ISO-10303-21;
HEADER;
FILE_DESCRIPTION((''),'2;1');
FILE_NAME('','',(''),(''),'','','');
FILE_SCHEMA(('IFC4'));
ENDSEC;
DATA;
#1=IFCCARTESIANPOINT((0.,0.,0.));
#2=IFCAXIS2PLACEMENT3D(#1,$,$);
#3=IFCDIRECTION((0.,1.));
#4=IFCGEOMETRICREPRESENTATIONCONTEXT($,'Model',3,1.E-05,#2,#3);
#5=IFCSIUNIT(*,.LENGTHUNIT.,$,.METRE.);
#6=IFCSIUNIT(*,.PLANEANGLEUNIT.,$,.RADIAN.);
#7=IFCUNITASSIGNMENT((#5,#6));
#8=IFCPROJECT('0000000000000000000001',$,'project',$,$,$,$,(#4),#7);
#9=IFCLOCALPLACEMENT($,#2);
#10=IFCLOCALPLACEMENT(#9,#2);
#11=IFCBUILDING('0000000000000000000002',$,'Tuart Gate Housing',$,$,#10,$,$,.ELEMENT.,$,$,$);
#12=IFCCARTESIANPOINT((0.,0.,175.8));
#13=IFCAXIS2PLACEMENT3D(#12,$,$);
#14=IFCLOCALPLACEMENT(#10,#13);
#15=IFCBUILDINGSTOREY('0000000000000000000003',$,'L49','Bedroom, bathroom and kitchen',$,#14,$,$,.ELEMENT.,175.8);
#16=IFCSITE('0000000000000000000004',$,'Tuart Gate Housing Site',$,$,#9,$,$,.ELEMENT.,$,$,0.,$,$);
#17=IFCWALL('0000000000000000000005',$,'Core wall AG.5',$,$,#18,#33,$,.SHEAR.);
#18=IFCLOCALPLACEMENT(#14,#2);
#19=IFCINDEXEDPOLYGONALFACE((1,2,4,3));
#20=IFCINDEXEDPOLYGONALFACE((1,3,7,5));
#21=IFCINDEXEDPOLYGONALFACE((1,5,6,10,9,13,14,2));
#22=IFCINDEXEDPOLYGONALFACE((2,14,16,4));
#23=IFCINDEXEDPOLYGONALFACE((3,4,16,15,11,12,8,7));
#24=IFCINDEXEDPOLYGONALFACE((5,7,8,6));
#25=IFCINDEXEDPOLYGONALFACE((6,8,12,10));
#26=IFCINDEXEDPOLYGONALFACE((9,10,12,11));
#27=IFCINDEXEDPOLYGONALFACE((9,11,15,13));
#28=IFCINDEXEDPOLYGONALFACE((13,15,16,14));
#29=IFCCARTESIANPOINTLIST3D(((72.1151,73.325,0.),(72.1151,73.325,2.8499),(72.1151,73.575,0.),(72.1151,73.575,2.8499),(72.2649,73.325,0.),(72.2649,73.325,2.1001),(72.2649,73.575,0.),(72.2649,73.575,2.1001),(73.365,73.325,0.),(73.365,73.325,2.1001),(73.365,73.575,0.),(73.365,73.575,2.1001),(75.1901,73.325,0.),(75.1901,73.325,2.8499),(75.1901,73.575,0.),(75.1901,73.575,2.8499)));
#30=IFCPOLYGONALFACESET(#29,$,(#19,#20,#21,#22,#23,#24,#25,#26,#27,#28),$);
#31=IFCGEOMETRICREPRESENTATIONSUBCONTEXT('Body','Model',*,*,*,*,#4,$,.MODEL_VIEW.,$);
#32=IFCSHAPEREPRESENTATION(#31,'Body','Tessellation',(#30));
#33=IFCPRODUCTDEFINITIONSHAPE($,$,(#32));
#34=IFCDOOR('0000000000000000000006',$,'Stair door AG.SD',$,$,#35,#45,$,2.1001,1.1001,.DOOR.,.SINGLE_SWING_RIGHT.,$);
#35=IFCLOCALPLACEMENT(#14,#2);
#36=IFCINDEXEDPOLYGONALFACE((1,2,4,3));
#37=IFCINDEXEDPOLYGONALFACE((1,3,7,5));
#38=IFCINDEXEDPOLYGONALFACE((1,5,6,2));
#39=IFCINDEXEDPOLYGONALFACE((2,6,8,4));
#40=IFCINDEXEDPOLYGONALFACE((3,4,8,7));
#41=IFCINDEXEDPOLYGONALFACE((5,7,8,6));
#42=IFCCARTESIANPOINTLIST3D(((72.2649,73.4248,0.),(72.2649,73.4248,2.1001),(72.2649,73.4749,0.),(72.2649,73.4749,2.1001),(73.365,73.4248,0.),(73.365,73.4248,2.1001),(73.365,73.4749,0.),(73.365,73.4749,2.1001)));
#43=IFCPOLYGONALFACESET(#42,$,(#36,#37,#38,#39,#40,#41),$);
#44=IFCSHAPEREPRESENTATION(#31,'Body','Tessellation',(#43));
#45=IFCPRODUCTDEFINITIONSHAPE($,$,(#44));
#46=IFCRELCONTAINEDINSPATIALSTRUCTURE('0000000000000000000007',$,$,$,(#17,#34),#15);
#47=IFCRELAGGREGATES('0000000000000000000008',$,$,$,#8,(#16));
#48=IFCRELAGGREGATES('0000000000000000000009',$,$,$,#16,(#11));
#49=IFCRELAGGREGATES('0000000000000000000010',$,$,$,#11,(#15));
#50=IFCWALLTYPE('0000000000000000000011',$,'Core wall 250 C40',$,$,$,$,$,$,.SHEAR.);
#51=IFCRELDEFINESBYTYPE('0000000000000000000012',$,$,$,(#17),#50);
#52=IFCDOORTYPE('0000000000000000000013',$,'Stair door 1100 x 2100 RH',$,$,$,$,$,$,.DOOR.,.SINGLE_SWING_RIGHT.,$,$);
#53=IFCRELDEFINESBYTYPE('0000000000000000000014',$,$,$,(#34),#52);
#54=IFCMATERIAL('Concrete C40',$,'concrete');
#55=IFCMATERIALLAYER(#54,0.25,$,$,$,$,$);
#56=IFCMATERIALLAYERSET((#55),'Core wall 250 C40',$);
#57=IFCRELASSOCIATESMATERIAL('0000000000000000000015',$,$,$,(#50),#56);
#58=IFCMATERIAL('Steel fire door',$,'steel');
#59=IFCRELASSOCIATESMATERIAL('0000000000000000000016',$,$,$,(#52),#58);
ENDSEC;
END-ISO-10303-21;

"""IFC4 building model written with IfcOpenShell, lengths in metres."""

from ifc_helpers import new_model, si_unit, direction, frame, frame_2d, origin, place, context, subcontext, project, spatial, rectangle, extrude, material, layer, layer_set, type_object, element, fill, save


model = new_model("IFC4")

# Units and contexts
model_context = context("Model", 3, precision=1e-05, world=origin(), true_north=direction((0.0, 1.0)))
body_context = subcontext(model_context, "Body", "Model", "MODEL_VIEW")
ifc_project = project(units=[si_unit("LENGTHUNIT", "METRE"), si_unit("PLANEANGLEUNIT", "RADIAN")], contexts=[model_context])

# Site, building, storey
site_placement = place(None, origin())
site = spatial("IfcSite", under=ifc_project, at=site_placement, Name="Tuart Gate Housing Site", CompositionType="ELEMENT", RefElevation=0.0)
building_placement = place(site_placement, origin())
building = spatial("IfcBuilding", under=site, at=building_placement, Name="Tuart Gate Housing", CompositionType="ELEMENT")
storey_placement = place(building_placement, frame((0.0, 0.0, 175.8)))
storey = spatial("IfcBuildingStorey", under=building, at=storey_placement, Name="L49", Description="Bedroom, bathroom and kitchen", CompositionType="ELEMENT", Elevation=175.8)

# Wall, opening, door
ifc_material_1 = material(Name="Concrete C40", Category="concrete")
ifc_layer_1 = layer(ifc_material_1, 0.25)
ifc_layer_set_1 = layer_set([ifc_layer_1], Name="Core wall 250 C40")
wall_type_1 = type_object("IfcWallType", Name="Core wall 250 C40", PredefinedType="SHEAR", material=ifc_layer_set_1)
wall_1_placement = place(storey_placement, frame((72.115, 73.45, 0.0), z_axis=(0.0, 0.0, 1.0), x_axis=(1.0, 0.0, 0.0)))
wall_1 = element("IfcWall", 1, at=wall_1_placement, inside=storey, type_object=wall_type_1, Name="Core wall AG.5", PredefinedType="SHEAR", context=body_context, shape_type="SweptSolid", body=[
    extrude(rectangle(XDim=3.075, YDim=0.25, at=frame_2d((1.5376, 0.0))), origin(), (0.0, 0.0, 1.0), 2.8499),
])
opening_1_placement = place(wall_1_placement, frame((0.1499, 0.0, 0.0)))
opening_1 = element("IfcOpeningElement", 2, at=opening_1_placement, cuts=wall_1, PredefinedType="OPENING", context=body_context, shape_type="SweptSolid", body=[
    extrude(rectangle(XDim=1.1001, YDim=2.1001, at=frame_2d((0.55, 1.05))), frame((0.0, 0.135, 0.0), z_axis=(0.0, -1.0, 0.0), x_axis=(1.0, 0.0, 0.0)), (0.0, 0.0, 1.0), 0.27),
])
ifc_material_2 = material(Name="Steel fire door", Category="steel")
door_type = type_object("IfcDoorType", Name="Stair door 1100 x 2100 RH", OperationType="SINGLE_SWING_RIGHT", PredefinedType="DOOR", material=ifc_material_2)
door_placement = place(opening_1_placement, frame((1.1001, 0.0, 0.0), z_axis=(0.0, 0.0, 1.0), x_axis=(-1.0, 0.0, 0.0)))
door = element("IfcDoor", 3, at=door_placement, inside=storey, type_object=door_type, Name="Stair door AG.SD", OperationType="SINGLE_SWING_RIGHT", OverallHeight=2.1001, OverallWidth=1.1001, PredefinedType="DOOR", context=body_context, shape_type="SweptSolid", body=[
    extrude(rectangle(XDim=1.1001, YDim=2.1001, at=frame_2d((0.55, 1.05))), frame((0.0, 0.0251, 0.0), z_axis=(0.0, -1.0, 0.0), x_axis=(1.0, 0.0, 0.0)), (0.0, 0.0, 1.0), 0.05),
])
fill(opening_1, door)

save(model, "model.ifc")
